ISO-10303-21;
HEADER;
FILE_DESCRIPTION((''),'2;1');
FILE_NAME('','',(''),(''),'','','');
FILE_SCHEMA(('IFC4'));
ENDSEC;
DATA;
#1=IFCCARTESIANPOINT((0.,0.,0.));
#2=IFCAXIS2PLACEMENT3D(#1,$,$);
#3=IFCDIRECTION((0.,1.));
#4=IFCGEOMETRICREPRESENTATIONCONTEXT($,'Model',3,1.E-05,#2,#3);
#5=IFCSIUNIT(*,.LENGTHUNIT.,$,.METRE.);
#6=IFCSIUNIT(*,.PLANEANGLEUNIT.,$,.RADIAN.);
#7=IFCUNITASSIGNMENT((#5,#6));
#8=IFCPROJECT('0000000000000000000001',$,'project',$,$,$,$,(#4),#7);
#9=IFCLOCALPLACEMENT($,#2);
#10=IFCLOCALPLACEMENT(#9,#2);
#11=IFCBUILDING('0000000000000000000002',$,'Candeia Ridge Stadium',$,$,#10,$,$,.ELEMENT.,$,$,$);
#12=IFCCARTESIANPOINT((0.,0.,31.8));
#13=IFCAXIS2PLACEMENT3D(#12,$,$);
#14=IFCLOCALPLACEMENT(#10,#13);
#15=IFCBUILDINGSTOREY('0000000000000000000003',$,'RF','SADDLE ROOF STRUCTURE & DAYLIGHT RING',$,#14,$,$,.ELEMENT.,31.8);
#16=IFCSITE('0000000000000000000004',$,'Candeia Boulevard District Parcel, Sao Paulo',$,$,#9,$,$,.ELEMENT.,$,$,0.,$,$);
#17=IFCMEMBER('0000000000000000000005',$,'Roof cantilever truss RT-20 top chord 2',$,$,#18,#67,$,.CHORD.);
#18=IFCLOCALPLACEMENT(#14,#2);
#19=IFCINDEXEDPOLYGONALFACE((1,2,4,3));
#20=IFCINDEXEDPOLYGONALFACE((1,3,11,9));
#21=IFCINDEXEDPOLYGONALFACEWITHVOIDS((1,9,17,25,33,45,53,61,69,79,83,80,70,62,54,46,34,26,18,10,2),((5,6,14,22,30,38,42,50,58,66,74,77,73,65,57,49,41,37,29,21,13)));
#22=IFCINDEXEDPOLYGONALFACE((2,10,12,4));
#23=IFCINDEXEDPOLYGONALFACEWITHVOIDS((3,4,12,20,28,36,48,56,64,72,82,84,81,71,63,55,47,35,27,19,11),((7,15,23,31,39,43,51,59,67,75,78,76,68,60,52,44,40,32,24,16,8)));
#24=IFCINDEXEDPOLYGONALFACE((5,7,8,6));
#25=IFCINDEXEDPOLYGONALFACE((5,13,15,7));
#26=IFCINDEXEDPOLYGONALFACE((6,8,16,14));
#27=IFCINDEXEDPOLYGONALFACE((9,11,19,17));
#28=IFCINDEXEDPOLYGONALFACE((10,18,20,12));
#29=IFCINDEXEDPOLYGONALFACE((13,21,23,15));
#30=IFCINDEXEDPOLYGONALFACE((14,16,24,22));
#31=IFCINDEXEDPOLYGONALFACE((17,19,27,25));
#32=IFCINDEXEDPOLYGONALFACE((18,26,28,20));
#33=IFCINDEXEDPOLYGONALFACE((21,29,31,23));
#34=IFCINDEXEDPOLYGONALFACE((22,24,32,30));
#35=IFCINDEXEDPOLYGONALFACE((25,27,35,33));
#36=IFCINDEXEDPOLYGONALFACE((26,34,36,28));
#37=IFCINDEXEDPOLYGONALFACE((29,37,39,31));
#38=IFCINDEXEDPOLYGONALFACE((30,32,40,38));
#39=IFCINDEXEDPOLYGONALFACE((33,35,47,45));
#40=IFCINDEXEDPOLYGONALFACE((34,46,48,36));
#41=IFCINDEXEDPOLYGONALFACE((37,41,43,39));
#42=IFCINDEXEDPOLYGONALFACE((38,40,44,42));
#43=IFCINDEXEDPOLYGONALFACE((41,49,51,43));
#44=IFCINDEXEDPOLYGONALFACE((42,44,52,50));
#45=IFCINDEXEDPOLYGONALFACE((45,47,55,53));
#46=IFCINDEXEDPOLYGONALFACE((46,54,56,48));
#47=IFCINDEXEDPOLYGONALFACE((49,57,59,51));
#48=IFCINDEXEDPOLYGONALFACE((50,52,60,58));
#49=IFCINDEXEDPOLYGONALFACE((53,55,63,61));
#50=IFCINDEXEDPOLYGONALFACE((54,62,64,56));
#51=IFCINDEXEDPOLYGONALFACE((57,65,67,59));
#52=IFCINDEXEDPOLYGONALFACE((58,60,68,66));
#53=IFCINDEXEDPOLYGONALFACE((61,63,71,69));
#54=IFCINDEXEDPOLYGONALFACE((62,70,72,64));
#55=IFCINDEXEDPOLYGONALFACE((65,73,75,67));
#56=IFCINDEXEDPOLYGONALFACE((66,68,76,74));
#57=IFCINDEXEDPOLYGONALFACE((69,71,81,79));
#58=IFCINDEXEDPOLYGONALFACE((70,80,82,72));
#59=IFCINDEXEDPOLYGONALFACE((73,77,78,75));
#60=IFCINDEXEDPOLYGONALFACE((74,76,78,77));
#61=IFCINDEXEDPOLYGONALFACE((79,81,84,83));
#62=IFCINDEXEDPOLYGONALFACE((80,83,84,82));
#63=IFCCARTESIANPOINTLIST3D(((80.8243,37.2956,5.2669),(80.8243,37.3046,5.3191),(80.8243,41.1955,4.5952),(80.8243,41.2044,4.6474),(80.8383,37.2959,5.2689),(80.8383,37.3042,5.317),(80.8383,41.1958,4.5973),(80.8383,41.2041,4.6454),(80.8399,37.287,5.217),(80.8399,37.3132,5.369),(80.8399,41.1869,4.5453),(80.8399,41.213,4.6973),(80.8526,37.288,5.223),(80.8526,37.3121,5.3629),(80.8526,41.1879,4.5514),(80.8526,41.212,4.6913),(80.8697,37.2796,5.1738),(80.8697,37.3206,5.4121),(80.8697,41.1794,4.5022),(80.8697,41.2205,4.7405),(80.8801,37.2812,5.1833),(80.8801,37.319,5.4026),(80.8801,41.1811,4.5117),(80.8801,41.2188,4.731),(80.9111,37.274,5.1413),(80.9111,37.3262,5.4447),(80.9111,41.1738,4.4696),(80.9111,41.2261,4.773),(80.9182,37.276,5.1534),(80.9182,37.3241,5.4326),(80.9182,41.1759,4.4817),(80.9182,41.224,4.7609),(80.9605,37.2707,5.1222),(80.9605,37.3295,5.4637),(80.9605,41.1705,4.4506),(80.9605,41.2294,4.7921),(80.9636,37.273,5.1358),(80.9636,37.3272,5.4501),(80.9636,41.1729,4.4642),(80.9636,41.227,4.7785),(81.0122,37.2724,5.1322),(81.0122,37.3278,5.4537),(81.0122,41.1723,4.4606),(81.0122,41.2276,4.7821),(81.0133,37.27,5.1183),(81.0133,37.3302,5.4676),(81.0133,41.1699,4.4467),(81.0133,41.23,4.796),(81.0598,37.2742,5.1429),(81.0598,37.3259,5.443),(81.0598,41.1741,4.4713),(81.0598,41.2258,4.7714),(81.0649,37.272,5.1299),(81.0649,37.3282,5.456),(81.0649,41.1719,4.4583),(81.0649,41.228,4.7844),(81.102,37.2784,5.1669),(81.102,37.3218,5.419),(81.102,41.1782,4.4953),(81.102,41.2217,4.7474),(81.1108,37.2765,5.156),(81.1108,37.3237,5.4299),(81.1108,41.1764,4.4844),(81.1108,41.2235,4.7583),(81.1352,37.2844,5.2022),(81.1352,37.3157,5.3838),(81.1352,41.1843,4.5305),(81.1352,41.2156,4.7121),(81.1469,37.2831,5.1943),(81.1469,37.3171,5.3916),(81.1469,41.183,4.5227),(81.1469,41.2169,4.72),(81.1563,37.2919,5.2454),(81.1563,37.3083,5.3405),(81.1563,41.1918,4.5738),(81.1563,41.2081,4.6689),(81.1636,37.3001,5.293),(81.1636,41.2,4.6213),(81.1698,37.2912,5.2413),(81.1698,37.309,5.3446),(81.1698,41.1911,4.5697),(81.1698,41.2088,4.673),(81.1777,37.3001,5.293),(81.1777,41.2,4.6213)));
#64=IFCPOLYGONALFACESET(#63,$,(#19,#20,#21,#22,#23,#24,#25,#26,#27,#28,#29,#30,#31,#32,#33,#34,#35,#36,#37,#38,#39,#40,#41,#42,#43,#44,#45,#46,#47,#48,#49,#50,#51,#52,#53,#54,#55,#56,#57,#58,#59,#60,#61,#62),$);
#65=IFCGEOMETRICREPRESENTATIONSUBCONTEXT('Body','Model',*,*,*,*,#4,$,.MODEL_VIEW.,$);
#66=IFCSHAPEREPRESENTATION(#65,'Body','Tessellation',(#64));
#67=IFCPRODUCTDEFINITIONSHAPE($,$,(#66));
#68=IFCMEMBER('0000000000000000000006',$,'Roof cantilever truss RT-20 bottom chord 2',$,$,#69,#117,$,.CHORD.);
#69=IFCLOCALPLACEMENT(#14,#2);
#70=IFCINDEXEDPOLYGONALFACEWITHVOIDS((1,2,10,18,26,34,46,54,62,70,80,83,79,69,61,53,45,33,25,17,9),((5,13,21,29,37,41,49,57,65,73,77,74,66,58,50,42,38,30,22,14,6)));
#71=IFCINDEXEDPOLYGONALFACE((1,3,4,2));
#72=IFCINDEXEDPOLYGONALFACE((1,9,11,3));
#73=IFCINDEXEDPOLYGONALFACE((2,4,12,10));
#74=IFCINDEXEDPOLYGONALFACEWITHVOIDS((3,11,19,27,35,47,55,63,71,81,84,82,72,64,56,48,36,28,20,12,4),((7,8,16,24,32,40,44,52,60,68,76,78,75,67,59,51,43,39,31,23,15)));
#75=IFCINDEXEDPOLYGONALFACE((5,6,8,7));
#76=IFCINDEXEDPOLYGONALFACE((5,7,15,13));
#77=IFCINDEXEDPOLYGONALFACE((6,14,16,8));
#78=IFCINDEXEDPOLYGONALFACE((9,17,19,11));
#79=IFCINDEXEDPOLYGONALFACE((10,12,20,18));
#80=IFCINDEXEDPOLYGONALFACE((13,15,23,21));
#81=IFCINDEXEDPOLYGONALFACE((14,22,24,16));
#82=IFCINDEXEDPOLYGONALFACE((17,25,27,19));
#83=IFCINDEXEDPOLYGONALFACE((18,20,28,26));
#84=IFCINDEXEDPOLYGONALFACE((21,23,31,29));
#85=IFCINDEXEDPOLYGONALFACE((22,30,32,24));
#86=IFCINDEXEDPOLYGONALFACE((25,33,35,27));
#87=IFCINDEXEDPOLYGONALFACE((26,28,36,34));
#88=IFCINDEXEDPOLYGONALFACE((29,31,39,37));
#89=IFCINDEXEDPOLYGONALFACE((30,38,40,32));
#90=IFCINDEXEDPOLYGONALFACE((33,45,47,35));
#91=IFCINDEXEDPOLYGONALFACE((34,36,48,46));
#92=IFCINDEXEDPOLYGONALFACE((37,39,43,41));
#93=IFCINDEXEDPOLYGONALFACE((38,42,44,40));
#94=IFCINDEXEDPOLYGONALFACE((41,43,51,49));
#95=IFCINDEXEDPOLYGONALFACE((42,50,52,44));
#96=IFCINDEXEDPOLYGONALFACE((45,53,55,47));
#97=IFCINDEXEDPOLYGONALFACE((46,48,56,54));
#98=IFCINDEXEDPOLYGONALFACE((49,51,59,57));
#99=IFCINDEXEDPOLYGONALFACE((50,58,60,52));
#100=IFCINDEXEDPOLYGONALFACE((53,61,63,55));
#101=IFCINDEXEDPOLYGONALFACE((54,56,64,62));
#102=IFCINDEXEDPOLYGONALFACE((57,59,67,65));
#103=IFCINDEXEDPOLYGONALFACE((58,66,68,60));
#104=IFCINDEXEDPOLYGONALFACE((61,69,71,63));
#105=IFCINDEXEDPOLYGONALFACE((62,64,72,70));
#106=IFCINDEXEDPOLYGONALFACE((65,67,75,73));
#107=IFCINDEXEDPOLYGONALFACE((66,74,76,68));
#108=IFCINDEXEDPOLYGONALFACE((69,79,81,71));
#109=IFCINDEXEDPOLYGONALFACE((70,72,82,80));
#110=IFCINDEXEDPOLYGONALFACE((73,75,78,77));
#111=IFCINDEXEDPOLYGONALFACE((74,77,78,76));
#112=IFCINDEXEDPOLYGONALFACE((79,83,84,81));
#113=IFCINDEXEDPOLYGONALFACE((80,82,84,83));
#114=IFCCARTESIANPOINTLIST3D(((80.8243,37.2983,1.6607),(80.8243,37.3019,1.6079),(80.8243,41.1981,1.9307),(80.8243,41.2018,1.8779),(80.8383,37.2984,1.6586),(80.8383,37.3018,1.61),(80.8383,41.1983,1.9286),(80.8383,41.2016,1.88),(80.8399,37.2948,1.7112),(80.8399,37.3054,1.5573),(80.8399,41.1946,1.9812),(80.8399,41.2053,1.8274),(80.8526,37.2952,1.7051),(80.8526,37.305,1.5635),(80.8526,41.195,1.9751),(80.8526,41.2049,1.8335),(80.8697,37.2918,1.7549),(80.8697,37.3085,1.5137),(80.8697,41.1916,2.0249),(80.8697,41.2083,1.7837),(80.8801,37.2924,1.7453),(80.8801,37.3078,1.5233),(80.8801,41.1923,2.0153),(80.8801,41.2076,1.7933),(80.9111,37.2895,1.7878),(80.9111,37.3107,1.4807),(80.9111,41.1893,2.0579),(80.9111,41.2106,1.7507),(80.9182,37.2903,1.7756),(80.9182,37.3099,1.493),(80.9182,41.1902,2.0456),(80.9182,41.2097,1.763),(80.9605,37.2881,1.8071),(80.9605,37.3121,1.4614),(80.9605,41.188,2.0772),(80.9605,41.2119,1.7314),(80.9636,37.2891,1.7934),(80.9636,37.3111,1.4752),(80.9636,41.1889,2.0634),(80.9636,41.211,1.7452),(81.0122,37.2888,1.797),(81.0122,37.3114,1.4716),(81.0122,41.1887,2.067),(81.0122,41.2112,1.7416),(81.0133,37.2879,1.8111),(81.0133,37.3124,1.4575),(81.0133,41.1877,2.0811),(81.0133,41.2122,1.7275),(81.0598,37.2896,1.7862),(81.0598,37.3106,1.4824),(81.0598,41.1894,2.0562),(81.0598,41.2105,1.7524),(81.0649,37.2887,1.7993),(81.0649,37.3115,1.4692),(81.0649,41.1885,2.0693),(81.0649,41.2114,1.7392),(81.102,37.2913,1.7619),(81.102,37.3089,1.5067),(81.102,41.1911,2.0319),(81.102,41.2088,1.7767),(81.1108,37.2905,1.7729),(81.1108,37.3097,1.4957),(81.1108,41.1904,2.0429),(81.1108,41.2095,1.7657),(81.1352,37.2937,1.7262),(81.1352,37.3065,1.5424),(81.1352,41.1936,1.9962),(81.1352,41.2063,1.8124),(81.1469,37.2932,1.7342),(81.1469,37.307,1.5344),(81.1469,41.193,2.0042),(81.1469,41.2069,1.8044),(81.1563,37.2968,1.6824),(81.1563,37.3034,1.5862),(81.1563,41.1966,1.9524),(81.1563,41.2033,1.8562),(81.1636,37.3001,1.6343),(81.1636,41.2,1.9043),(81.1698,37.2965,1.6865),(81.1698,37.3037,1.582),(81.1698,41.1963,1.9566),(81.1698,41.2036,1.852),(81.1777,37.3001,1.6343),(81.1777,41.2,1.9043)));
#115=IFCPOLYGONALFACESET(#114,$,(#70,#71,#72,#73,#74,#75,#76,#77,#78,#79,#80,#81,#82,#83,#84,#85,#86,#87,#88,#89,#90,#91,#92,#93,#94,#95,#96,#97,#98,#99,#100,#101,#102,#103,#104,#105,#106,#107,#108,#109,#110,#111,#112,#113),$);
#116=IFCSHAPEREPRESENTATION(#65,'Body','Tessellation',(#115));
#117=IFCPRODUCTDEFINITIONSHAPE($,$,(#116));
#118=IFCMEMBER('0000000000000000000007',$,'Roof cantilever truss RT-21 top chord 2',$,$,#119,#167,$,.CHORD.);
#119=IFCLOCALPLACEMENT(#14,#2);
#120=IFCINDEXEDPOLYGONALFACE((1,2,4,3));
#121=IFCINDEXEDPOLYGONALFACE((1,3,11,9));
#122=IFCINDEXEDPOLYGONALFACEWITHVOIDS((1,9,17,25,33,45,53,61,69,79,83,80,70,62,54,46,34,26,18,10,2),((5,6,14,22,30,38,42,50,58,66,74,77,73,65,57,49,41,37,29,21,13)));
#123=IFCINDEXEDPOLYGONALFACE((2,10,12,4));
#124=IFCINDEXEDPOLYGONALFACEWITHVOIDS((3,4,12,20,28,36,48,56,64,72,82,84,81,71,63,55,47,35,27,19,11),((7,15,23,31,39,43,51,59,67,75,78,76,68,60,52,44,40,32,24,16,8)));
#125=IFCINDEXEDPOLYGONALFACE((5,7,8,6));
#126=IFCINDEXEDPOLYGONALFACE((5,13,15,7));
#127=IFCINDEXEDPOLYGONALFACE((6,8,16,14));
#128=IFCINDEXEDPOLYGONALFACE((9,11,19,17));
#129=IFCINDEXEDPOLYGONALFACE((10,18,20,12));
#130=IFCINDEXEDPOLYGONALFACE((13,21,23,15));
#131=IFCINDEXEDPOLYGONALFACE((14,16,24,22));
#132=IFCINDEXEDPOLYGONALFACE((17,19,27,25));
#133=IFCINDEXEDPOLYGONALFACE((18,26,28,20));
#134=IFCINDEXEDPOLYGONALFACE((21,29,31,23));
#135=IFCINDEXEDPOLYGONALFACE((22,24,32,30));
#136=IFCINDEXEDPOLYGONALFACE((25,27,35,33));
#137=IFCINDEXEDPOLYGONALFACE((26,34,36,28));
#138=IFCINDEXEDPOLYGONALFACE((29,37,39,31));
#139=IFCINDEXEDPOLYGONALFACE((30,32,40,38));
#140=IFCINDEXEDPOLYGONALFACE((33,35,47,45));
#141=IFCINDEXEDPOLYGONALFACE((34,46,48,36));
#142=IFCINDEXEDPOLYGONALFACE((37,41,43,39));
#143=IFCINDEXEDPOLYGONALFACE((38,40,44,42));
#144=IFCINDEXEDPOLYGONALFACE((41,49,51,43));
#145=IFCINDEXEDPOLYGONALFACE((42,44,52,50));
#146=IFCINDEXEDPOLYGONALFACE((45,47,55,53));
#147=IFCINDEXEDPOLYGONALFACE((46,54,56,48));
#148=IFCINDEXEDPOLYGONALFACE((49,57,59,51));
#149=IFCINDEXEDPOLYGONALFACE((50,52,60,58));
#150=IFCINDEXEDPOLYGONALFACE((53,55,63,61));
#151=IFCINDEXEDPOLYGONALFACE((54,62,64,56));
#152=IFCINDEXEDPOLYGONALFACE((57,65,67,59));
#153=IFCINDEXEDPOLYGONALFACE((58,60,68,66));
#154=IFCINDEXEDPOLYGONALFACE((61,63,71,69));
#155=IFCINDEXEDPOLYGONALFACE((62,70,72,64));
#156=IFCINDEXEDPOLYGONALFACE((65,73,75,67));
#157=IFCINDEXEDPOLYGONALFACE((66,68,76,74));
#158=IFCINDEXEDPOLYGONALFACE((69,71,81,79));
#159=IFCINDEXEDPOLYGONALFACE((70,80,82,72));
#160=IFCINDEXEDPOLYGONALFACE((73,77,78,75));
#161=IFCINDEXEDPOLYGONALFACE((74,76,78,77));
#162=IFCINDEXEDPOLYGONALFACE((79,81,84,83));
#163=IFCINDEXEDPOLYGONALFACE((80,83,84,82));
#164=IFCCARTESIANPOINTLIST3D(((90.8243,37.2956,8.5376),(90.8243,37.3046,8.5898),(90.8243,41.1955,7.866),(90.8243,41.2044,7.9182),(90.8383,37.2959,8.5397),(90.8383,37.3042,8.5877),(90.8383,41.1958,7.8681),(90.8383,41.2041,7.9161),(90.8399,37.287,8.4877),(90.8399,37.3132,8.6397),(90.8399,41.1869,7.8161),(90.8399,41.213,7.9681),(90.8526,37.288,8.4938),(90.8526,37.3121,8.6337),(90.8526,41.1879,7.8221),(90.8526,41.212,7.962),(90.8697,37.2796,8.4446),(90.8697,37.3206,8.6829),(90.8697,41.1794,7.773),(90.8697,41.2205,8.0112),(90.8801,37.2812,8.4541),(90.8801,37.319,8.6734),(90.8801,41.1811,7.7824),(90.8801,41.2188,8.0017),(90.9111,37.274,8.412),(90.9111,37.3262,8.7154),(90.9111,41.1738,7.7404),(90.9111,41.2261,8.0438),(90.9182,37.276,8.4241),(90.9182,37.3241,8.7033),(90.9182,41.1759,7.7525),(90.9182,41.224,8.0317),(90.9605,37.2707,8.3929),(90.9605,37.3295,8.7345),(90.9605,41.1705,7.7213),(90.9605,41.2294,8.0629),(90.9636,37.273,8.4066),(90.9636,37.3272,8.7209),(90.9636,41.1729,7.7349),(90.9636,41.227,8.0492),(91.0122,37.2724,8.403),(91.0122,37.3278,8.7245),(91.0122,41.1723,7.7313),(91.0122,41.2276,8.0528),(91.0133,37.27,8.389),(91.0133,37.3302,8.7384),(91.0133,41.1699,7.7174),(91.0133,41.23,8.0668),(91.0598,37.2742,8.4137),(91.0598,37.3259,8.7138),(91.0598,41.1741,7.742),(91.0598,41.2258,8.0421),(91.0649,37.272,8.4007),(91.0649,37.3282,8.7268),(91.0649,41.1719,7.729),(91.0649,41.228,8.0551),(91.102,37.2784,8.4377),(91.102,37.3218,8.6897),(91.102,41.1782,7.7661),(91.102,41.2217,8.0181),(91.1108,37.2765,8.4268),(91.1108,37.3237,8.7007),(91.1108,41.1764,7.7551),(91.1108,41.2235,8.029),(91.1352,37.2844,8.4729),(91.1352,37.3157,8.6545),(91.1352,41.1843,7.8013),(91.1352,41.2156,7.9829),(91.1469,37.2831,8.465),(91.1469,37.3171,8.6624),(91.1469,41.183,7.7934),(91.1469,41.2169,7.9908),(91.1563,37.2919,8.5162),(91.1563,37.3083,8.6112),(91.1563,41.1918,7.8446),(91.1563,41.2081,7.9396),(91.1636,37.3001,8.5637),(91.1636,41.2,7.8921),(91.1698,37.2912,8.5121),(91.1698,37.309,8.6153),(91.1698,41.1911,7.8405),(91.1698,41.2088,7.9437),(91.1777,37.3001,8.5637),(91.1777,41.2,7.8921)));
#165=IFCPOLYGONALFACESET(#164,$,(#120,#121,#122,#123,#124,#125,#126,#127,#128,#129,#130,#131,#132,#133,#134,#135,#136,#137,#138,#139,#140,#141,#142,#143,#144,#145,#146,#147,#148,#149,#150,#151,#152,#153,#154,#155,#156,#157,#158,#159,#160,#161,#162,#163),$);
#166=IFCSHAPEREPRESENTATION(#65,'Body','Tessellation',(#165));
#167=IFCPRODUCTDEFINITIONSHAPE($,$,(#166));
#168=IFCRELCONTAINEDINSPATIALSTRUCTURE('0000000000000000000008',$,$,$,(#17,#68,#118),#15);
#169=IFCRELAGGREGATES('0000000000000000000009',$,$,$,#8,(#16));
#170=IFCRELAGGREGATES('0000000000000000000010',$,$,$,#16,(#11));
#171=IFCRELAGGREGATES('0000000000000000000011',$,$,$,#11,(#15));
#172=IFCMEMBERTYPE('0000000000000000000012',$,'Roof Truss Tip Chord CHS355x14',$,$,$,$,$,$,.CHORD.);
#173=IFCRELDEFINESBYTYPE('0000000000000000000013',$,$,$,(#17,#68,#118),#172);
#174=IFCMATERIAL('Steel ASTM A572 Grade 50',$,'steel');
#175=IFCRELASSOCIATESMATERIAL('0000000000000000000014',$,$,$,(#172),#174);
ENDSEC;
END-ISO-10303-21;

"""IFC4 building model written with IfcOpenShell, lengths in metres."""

from ifc_helpers import new_model, si_unit, direction, frame, origin, origin_2d, place, context, subcontext, project, spatial, hollow_circle, extrude, material, material_profile, profile_set, type_object, element, save


model = new_model("IFC4")

# Units and contexts
model_context = context("Model", 3, precision=1e-05, world=origin(), true_north=direction((0.0, 1.0)))
body_context = subcontext(model_context, "Body", "Model", "MODEL_VIEW")
ifc_project = project(units=[si_unit("LENGTHUNIT", "METRE"), si_unit("PLANEANGLEUNIT", "RADIAN")], contexts=[model_context])

# Site, building, storey
site_placement = place(None, origin())
site = spatial("IfcSite", under=ifc_project, at=site_placement, Name="Candeia Boulevard District Parcel, Sao Paulo", CompositionType="ELEMENT", RefElevation=0.0)
building_placement = place(site_placement, origin())
building = spatial("IfcBuilding", under=site, at=building_placement, Name="Candeia Ridge Stadium", CompositionType="ELEMENT")
storey_placement = place(building_placement, frame((0.0, 0.0, 31.8)))
storey = spatial("IfcBuildingStorey", under=building, at=storey_placement, Name="RF", Description="SADDLE ROOF STRUCTURE & DAYLIGHT RING", CompositionType="ELEMENT", Elevation=31.8)

# Shared definitions
ifc_material_1 = material(Name="Steel ASTM A572 Grade 50", Category="steel")

# Members
ifc_material_profile_1 = material_profile(ifc_material_1, hollow_circle(Radius=0.1777, WallThickness=0.0142, at=origin_2d()), Name="CHS355x14", Category="steel")
ifc_profile_set_1 = profile_set([ifc_material_profile_1], Name="Steel ASTM A572 Grade 50")
member_type_1 = type_object("IfcMemberType", Name="Roof Truss Tip Chord CHS355x14", PredefinedType="CHORD", material=ifc_profile_set_1)
member_1_placement = place(storey_placement, frame((81.0, 41.2, 4.6213), z_axis=(0.0, -0.985493, 0.169719), x_axis=(1.0, 0.0, 0.0)))
element("IfcMember", 1, at=member_1_placement, inside=storey, type_object=member_type_1, Name="Roof cantilever truss RT-20 top chord 2", PredefinedType="CHORD", context=body_context, shape_type="SweptSolid", body=[
    extrude(hollow_circle(Radius=0.1777, WallThickness=0.0142, at=origin_2d()), origin(), (0.0, 0.0, 1.0), 3.9573),
])
member_2_placement = place(storey_placement, frame((81.0, 41.2, 1.9043), z_axis=(0.0, -0.997612, -0.069072), x_axis=(1.0, 0.0, 0.0)))
element("IfcMember", 2, at=member_2_placement, inside=storey, type_object=member_type_1, Name="Roof cantilever truss RT-20 bottom chord 2", PredefinedType="CHORD", context=body_context, shape_type="SweptSolid", body=[
    extrude(hollow_circle(Radius=0.1777, WallThickness=0.0142, at=origin_2d()), origin(), (0.0, 0.0, 1.0), 3.9092),
])
member_3_placement = place(storey_placement, frame((91.0, 41.2, 7.8921), z_axis=(0.0, -0.985493, 0.169719), x_axis=(1.0, 0.0, 0.0)))
element("IfcMember", 3, at=member_3_placement, inside=storey, type_object=member_type_1, Name="Roof cantilever truss RT-21 top chord 2", PredefinedType="CHORD", context=body_context, shape_type="SweptSolid", body=[
    extrude(hollow_circle(Radius=0.1777, WallThickness=0.0142, at=origin_2d()), origin(), (0.0, 0.0, 1.0), 3.9573),
])

save(model, "model.ifc")
